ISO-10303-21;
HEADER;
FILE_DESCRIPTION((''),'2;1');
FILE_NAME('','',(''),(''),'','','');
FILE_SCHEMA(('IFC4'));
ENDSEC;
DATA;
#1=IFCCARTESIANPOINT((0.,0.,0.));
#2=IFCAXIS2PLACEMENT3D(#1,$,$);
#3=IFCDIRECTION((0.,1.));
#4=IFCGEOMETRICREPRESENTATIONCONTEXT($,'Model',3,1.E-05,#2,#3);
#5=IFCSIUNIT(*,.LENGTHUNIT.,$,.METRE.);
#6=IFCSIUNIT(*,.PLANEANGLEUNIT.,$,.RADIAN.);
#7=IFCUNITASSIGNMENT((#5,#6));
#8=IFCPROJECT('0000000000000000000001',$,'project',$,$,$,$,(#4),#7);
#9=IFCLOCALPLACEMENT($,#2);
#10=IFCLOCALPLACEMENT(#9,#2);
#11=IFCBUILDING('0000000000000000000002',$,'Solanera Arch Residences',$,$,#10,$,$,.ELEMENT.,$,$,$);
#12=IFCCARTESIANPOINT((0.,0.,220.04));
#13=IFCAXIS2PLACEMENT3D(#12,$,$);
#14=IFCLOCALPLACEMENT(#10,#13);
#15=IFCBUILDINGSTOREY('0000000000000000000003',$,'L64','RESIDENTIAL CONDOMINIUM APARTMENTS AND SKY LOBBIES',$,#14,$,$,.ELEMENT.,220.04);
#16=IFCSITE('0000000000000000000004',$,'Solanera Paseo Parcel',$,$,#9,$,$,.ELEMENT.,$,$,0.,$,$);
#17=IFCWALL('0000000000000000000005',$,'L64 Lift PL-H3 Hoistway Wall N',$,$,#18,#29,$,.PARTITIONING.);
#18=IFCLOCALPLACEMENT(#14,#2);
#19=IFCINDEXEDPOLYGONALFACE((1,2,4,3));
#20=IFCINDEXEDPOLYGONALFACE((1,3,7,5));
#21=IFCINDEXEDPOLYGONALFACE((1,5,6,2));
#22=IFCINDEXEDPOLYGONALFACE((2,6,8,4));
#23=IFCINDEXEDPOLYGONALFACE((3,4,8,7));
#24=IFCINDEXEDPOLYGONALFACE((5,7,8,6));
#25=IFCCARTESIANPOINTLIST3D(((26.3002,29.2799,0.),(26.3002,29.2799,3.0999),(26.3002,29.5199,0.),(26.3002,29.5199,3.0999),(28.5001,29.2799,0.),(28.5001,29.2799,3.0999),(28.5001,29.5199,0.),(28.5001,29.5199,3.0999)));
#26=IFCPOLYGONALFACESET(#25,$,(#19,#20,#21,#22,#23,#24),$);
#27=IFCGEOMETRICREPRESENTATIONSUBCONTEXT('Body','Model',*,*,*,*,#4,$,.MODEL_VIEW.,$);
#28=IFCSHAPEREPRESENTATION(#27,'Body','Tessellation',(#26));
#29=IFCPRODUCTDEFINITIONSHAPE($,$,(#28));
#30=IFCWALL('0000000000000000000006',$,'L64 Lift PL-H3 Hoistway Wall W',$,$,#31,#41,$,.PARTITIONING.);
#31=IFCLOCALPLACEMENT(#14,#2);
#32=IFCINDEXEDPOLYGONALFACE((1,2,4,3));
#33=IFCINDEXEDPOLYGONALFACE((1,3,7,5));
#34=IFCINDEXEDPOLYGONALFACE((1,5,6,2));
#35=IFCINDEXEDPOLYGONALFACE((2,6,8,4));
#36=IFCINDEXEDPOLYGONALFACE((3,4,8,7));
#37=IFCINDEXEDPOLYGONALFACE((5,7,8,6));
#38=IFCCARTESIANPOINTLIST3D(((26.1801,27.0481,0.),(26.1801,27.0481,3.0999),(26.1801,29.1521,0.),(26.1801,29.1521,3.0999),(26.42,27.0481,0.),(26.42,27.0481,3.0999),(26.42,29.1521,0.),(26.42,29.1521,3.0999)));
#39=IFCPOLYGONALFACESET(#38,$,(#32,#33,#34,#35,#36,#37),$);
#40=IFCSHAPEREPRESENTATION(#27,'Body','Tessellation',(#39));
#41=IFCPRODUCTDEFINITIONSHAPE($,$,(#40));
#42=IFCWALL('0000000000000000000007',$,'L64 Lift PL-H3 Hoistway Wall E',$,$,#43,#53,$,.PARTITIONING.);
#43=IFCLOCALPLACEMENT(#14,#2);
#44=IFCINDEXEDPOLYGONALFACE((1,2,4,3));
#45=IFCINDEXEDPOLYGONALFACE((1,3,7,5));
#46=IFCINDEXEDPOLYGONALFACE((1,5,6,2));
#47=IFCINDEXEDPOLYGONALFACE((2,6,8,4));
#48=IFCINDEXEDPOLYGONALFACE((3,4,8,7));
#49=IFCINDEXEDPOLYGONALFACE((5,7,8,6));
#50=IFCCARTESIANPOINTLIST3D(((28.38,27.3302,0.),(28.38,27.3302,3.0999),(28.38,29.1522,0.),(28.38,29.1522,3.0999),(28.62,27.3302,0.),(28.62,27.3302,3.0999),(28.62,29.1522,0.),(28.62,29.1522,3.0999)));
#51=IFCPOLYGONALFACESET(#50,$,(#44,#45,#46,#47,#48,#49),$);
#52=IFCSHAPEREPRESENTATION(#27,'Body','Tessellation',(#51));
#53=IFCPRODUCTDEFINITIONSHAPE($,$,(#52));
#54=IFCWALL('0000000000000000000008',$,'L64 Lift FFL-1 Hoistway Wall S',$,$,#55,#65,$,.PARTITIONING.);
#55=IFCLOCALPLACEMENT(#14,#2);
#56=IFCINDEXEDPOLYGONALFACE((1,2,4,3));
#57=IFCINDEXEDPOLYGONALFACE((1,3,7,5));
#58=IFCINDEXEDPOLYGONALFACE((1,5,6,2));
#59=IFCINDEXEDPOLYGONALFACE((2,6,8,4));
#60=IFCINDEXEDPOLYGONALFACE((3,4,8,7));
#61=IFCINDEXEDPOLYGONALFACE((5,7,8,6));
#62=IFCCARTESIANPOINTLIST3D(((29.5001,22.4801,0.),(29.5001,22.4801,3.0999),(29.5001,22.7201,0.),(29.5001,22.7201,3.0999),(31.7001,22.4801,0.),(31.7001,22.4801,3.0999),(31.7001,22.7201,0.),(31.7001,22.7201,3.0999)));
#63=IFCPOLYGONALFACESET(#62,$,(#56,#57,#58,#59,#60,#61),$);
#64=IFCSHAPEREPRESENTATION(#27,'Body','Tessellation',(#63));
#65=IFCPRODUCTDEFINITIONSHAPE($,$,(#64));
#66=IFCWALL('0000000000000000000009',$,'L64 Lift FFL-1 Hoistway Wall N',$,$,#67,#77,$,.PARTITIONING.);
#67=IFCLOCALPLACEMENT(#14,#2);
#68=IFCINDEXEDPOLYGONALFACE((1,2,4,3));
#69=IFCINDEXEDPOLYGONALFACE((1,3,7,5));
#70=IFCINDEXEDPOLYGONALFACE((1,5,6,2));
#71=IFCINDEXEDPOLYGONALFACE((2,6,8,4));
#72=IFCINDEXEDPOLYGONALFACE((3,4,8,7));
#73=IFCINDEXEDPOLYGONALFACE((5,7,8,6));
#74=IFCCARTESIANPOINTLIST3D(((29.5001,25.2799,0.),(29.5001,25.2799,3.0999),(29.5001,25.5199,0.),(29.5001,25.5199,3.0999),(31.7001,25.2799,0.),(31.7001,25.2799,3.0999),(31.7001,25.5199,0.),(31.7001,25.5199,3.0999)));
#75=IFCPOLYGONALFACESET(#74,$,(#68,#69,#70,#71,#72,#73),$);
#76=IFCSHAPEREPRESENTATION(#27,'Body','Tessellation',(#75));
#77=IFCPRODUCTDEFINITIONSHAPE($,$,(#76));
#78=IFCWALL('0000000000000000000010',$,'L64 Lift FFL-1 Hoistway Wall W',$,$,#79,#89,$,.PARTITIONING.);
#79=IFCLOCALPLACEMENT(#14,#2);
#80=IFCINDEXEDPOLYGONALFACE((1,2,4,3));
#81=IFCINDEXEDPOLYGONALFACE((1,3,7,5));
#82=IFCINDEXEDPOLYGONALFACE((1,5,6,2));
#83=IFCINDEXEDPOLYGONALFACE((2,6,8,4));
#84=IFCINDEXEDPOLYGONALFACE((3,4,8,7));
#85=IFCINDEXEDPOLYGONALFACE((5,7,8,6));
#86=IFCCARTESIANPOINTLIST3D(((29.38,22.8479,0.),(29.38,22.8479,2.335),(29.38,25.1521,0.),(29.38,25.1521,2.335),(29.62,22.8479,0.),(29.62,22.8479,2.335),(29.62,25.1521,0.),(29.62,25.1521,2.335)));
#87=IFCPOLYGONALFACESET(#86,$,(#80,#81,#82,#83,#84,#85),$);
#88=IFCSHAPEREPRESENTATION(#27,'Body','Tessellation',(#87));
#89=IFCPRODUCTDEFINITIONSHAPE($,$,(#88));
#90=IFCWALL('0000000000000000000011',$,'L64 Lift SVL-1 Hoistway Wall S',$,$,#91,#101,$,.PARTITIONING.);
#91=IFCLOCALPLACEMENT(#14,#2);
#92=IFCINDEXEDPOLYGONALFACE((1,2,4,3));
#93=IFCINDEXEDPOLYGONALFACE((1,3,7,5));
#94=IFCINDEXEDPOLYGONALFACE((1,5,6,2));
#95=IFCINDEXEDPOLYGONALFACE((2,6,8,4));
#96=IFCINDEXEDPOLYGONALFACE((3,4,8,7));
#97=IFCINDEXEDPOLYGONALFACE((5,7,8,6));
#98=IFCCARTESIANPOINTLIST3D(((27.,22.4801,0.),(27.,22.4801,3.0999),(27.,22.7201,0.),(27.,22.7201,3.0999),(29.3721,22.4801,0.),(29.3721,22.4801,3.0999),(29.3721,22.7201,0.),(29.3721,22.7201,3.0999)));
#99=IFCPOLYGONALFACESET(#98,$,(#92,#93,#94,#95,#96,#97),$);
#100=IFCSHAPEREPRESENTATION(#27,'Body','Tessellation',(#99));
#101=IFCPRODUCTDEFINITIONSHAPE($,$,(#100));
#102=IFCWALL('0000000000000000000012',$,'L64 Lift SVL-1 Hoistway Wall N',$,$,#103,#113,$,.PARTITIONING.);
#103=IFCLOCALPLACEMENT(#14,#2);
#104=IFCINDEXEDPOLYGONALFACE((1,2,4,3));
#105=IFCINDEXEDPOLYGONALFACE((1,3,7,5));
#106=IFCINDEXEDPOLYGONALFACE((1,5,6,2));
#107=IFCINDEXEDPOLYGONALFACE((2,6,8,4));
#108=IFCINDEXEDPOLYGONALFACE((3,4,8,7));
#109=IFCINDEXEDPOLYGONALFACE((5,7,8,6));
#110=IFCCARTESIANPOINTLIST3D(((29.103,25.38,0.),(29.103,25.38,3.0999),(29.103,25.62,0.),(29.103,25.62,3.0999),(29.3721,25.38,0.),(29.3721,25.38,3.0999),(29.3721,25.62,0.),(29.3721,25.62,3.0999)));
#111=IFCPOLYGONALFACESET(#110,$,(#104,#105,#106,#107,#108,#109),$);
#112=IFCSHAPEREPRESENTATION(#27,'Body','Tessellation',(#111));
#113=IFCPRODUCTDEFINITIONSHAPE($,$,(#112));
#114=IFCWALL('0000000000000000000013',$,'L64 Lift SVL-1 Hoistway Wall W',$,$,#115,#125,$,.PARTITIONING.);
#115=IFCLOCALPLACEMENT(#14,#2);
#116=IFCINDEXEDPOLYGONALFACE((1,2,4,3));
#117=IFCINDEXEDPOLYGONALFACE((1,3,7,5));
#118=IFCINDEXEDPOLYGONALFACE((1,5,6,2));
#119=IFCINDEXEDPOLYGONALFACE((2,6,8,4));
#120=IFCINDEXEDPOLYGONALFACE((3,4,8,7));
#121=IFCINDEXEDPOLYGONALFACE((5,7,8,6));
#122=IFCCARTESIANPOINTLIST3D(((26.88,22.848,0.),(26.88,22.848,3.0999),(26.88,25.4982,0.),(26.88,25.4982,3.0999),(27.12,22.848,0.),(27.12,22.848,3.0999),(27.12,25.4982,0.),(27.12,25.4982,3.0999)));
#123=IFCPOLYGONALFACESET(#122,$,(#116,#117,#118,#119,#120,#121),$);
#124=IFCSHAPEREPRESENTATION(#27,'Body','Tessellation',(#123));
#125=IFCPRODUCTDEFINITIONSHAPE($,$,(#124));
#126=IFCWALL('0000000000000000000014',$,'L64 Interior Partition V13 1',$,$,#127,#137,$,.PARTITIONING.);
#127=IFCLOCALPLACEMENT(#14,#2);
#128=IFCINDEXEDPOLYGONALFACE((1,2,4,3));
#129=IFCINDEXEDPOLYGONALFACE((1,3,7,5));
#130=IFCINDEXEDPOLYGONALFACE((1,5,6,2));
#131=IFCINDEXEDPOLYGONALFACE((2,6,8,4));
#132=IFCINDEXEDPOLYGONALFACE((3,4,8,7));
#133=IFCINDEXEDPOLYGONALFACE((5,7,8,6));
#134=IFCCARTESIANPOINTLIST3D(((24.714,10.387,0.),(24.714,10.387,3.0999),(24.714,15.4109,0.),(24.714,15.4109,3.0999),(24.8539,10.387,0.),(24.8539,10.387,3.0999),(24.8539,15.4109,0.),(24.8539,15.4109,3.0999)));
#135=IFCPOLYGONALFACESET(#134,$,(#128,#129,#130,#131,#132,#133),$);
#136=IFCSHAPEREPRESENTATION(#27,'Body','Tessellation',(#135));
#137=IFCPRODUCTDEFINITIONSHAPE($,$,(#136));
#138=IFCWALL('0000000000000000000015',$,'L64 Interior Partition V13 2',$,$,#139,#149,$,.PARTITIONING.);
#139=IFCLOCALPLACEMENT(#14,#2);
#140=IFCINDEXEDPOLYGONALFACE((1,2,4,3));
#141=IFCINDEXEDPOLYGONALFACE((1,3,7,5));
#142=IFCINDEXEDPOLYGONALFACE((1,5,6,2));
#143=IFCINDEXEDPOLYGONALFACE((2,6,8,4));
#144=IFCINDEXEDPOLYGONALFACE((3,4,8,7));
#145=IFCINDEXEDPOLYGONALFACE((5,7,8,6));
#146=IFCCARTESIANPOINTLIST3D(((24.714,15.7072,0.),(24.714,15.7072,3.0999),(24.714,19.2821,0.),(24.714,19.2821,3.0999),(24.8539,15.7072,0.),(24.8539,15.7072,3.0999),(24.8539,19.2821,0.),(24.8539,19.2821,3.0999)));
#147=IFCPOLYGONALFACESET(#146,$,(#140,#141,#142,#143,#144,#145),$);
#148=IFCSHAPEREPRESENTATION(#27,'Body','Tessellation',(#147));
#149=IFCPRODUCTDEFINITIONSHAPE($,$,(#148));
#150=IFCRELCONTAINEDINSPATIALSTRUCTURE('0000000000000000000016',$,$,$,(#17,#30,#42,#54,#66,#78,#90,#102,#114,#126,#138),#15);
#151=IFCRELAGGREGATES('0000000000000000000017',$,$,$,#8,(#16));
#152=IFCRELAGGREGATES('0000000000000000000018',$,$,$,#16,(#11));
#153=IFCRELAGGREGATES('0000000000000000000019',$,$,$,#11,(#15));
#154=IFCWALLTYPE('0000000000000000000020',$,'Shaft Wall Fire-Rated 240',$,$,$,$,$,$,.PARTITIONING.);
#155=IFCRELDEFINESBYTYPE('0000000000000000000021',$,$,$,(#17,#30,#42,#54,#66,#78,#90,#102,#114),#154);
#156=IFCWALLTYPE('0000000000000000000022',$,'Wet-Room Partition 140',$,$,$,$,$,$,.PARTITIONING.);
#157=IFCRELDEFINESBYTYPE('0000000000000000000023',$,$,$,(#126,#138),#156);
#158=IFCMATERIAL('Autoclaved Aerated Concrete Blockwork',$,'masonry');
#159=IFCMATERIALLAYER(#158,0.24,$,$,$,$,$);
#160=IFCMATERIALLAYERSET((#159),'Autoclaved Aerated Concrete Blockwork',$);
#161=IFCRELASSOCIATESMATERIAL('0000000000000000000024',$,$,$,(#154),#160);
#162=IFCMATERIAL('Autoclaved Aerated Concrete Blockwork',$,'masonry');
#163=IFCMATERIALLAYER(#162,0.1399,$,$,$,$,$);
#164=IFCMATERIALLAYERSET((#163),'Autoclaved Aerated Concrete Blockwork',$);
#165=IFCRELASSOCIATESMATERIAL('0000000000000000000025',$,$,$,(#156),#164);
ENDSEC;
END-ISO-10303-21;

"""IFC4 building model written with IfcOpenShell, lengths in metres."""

from ifc_helpers import new_model, si_unit, direction, frame, frame_2d, origin, place, context, subcontext, project, spatial, rectangle, extrude, material, layer, layer_set, type_object, element, save


model = new_model("IFC4")

# Units and contexts
model_context = context("Model", 3, precision=1e-05, world=origin(), true_north=direction((0.0, 1.0)))
body_context = subcontext(model_context, "Body", "Model", "MODEL_VIEW")
ifc_project = project(units=[si_unit("LENGTHUNIT", "METRE"), si_unit("PLANEANGLEUNIT", "RADIAN")], contexts=[model_context])

# Site, building, storey
site_placement = place(None, origin())
site = spatial("IfcSite", under=ifc_project, at=site_placement, Name="Solanera Paseo Parcel", CompositionType="ELEMENT", RefElevation=0.0)
building_placement = place(site_placement, origin())
building = spatial("IfcBuilding", under=site, at=building_placement, Name="Solanera Arch Residences", CompositionType="ELEMENT")
storey_placement = place(building_placement, frame((0.0, 0.0, 220.04)))
storey = spatial("IfcBuildingStorey", under=building, at=storey_placement, Name="L64", Description="RESIDENTIAL CONDOMINIUM APARTMENTS AND SKY LOBBIES", CompositionType="ELEMENT", Elevation=220.04)

# Walls
ifc_material_1 = material(Name="Autoclaved Aerated Concrete Blockwork", Category="masonry")
ifc_layer_1 = layer(ifc_material_1, 0.24)
ifc_layer_set_1 = layer_set([ifc_layer_1], Name="Autoclaved Aerated Concrete Blockwork")
wall_type_1 = type_object("IfcWallType", Name="Shaft Wall Fire-Rated 240", PredefinedType="PARTITIONING", material=ifc_layer_set_1)
wall_1_placement = place(storey_placement, frame((26.3, 29.3999, 0.0), z_axis=(0.0, 0.0, 1.0), x_axis=(1.0, 0.0, 0.0)))
element("IfcWall", 1, at=wall_1_placement, inside=storey, type_object=wall_type_1, Name="L64 Lift PL-H3 Hoistway Wall N", PredefinedType="PARTITIONING", context=body_context, shape_type="SweptSolid", body=[
    extrude(rectangle(XDim=2.2, YDim=0.24, at=frame_2d((1.1001, 0.0))), origin(), (0.0, 0.0, 1.0), 3.0999),
])
wall_2_placement = place(storey_placement, frame((26.3, 27.0481, 0.0), z_axis=(0.0, 0.0, 1.0), x_axis=(0.0, 1.0, 0.0)))
element("IfcWall", 2, at=wall_2_placement, inside=storey, type_object=wall_type_1, Name="L64 Lift PL-H3 Hoistway Wall W", PredefinedType="PARTITIONING", context=body_context, shape_type="SweptSolid", body=[
    extrude(rectangle(XDim=2.104, YDim=0.24, at=frame_2d((1.052, 0.0))), origin(), (0.0, 0.0, 1.0), 3.0999),
])
wall_3_placement = place(storey_placement, frame((28.5, 27.3301, 0.0), z_axis=(0.0, 0.0, 1.0), x_axis=(0.0, 1.0, 0.0)))
element("IfcWall", 3, at=wall_3_placement, inside=storey, type_object=wall_type_1, Name="L64 Lift PL-H3 Hoistway Wall E", PredefinedType="PARTITIONING", context=body_context, shape_type="SweptSolid", body=[
    extrude(rectangle(XDim=1.822, YDim=0.24, at=frame_2d((0.9111, 0.0))), origin(), (0.0, 0.0, 1.0), 3.0999),
])
for number, where, z_axis, x_axis, name in (
    (4, (29.5, 22.6001, 0.0), (0.0, 0.0, 1.0), (1.0, 0.0, 0.0), "L64 Lift FFL-1 Hoistway Wall S"),
    (5, (29.5, 25.3999, 0.0), (0.0, 0.0, 1.0), (1.0, 0.0, 0.0), "L64 Lift FFL-1 Hoistway Wall N"),
):
    element("IfcWall", number, at=place(storey_placement, frame(where, z_axis=z_axis, x_axis=x_axis)), inside=storey, type_object=wall_type_1, Name=name, PredefinedType="PARTITIONING", context=body_context, shape_type="SweptSolid", body=[
        extrude(rectangle(XDim=2.2, YDim=0.24, at=frame_2d((1.1001, 0.0))), origin(), (0.0, 0.0, 1.0), 3.0999),
    ])
wall_4_placement = place(storey_placement, frame((29.5, 22.8479, 0.0), z_axis=(0.0, 0.0, 1.0), x_axis=(0.0, 1.0, 0.0)))
element("IfcWall", 6, at=wall_4_placement, inside=storey, type_object=wall_type_1, Name="L64 Lift FFL-1 Hoistway Wall W", PredefinedType="PARTITIONING", context=body_context, shape_type="SweptSolid", body=[
    extrude(rectangle(XDim=2.3042, YDim=0.24, at=frame_2d((1.1521, 0.0))), origin(), (0.0, 0.0, 1.0), 2.335),
])
wall_5_placement = place(storey_placement, frame((27.0, 22.6001, 0.0), z_axis=(0.0, 0.0, 1.0), x_axis=(1.0, 0.0, 0.0)))
element("IfcWall", 7, at=wall_5_placement, inside=storey, type_object=wall_type_1, Name="L64 Lift SVL-1 Hoistway Wall S", PredefinedType="PARTITIONING", context=body_context, shape_type="SweptSolid", body=[
    extrude(rectangle(XDim=2.3721, YDim=0.24, at=frame_2d((1.186, 0.0))), origin(), (0.0, 0.0, 1.0), 3.0999),
])
wall_6_placement = place(storey_placement, frame((29.103, 25.5, 0.0), z_axis=(0.0, 0.0, 1.0), x_axis=(1.0, 0.0, 0.0)))
element("IfcWall", 8, at=wall_6_placement, inside=storey, type_object=wall_type_1, Name="L64 Lift SVL-1 Hoistway Wall N", PredefinedType="PARTITIONING", context=body_context, shape_type="SweptSolid", body=[
    extrude(rectangle(XDim=0.269, YDim=0.24, at=frame_2d((0.1345, 0.0))), origin(), (0.0, 0.0, 1.0), 3.0999),
])
wall_7_placement = place(storey_placement, frame((27.0, 22.8479, 0.0), z_axis=(0.0, 0.0, 1.0), x_axis=(0.0, 1.0, 0.0)))
element("IfcWall", 9, at=wall_7_placement, inside=storey, type_object=wall_type_1, Name="L64 Lift SVL-1 Hoistway Wall W", PredefinedType="PARTITIONING", context=body_context, shape_type="SweptSolid", body=[
    extrude(rectangle(XDim=2.6501, YDim=0.24, at=frame_2d((1.3252, 0.0))), origin(), (0.0, 0.0, 1.0), 3.0999),
])
ifc_material_2 = material(Name="Autoclaved Aerated Concrete Blockwork", Category="masonry")
ifc_layer_2 = layer(ifc_material_2, 0.1399)
ifc_layer_set_2 = layer_set([ifc_layer_2], Name="Autoclaved Aerated Concrete Blockwork")
wall_type_2 = type_object("IfcWallType", Name="Wet-Room Partition 140", PredefinedType="PARTITIONING", material=ifc_layer_set_2)
wall_8_placement = place(storey_placement, frame((24.7839, 10.387, 0.0), z_axis=(0.0, 0.0, 1.0), x_axis=(0.0, 1.0, 0.0)))
element("IfcWall", 10, at=wall_8_placement, inside=storey, type_object=wall_type_2, Name="L64 Interior Partition V13 1", PredefinedType="PARTITIONING", context=body_context, shape_type="SweptSolid", body=[
    extrude(rectangle(XDim=5.0239, YDim=0.1399, at=frame_2d((2.512, 0.0))), origin(), (0.0, 0.0, 1.0), 3.0999),
])
wall_9_placement = place(storey_placement, frame((24.7839, 15.707, 0.0), z_axis=(0.0, 0.0, 1.0), x_axis=(0.0, 1.0, 0.0)))
element("IfcWall", 11, at=wall_9_placement, inside=storey, type_object=wall_type_2, Name="L64 Interior Partition V13 2", PredefinedType="PARTITIONING", context=body_context, shape_type="SweptSolid", body=[
    extrude(rectangle(XDim=3.575, YDim=0.1399, at=frame_2d((1.7876, 0.0))), origin(), (0.0, 0.0, 1.0), 3.0999),
])

save(model, "model.ifc")
